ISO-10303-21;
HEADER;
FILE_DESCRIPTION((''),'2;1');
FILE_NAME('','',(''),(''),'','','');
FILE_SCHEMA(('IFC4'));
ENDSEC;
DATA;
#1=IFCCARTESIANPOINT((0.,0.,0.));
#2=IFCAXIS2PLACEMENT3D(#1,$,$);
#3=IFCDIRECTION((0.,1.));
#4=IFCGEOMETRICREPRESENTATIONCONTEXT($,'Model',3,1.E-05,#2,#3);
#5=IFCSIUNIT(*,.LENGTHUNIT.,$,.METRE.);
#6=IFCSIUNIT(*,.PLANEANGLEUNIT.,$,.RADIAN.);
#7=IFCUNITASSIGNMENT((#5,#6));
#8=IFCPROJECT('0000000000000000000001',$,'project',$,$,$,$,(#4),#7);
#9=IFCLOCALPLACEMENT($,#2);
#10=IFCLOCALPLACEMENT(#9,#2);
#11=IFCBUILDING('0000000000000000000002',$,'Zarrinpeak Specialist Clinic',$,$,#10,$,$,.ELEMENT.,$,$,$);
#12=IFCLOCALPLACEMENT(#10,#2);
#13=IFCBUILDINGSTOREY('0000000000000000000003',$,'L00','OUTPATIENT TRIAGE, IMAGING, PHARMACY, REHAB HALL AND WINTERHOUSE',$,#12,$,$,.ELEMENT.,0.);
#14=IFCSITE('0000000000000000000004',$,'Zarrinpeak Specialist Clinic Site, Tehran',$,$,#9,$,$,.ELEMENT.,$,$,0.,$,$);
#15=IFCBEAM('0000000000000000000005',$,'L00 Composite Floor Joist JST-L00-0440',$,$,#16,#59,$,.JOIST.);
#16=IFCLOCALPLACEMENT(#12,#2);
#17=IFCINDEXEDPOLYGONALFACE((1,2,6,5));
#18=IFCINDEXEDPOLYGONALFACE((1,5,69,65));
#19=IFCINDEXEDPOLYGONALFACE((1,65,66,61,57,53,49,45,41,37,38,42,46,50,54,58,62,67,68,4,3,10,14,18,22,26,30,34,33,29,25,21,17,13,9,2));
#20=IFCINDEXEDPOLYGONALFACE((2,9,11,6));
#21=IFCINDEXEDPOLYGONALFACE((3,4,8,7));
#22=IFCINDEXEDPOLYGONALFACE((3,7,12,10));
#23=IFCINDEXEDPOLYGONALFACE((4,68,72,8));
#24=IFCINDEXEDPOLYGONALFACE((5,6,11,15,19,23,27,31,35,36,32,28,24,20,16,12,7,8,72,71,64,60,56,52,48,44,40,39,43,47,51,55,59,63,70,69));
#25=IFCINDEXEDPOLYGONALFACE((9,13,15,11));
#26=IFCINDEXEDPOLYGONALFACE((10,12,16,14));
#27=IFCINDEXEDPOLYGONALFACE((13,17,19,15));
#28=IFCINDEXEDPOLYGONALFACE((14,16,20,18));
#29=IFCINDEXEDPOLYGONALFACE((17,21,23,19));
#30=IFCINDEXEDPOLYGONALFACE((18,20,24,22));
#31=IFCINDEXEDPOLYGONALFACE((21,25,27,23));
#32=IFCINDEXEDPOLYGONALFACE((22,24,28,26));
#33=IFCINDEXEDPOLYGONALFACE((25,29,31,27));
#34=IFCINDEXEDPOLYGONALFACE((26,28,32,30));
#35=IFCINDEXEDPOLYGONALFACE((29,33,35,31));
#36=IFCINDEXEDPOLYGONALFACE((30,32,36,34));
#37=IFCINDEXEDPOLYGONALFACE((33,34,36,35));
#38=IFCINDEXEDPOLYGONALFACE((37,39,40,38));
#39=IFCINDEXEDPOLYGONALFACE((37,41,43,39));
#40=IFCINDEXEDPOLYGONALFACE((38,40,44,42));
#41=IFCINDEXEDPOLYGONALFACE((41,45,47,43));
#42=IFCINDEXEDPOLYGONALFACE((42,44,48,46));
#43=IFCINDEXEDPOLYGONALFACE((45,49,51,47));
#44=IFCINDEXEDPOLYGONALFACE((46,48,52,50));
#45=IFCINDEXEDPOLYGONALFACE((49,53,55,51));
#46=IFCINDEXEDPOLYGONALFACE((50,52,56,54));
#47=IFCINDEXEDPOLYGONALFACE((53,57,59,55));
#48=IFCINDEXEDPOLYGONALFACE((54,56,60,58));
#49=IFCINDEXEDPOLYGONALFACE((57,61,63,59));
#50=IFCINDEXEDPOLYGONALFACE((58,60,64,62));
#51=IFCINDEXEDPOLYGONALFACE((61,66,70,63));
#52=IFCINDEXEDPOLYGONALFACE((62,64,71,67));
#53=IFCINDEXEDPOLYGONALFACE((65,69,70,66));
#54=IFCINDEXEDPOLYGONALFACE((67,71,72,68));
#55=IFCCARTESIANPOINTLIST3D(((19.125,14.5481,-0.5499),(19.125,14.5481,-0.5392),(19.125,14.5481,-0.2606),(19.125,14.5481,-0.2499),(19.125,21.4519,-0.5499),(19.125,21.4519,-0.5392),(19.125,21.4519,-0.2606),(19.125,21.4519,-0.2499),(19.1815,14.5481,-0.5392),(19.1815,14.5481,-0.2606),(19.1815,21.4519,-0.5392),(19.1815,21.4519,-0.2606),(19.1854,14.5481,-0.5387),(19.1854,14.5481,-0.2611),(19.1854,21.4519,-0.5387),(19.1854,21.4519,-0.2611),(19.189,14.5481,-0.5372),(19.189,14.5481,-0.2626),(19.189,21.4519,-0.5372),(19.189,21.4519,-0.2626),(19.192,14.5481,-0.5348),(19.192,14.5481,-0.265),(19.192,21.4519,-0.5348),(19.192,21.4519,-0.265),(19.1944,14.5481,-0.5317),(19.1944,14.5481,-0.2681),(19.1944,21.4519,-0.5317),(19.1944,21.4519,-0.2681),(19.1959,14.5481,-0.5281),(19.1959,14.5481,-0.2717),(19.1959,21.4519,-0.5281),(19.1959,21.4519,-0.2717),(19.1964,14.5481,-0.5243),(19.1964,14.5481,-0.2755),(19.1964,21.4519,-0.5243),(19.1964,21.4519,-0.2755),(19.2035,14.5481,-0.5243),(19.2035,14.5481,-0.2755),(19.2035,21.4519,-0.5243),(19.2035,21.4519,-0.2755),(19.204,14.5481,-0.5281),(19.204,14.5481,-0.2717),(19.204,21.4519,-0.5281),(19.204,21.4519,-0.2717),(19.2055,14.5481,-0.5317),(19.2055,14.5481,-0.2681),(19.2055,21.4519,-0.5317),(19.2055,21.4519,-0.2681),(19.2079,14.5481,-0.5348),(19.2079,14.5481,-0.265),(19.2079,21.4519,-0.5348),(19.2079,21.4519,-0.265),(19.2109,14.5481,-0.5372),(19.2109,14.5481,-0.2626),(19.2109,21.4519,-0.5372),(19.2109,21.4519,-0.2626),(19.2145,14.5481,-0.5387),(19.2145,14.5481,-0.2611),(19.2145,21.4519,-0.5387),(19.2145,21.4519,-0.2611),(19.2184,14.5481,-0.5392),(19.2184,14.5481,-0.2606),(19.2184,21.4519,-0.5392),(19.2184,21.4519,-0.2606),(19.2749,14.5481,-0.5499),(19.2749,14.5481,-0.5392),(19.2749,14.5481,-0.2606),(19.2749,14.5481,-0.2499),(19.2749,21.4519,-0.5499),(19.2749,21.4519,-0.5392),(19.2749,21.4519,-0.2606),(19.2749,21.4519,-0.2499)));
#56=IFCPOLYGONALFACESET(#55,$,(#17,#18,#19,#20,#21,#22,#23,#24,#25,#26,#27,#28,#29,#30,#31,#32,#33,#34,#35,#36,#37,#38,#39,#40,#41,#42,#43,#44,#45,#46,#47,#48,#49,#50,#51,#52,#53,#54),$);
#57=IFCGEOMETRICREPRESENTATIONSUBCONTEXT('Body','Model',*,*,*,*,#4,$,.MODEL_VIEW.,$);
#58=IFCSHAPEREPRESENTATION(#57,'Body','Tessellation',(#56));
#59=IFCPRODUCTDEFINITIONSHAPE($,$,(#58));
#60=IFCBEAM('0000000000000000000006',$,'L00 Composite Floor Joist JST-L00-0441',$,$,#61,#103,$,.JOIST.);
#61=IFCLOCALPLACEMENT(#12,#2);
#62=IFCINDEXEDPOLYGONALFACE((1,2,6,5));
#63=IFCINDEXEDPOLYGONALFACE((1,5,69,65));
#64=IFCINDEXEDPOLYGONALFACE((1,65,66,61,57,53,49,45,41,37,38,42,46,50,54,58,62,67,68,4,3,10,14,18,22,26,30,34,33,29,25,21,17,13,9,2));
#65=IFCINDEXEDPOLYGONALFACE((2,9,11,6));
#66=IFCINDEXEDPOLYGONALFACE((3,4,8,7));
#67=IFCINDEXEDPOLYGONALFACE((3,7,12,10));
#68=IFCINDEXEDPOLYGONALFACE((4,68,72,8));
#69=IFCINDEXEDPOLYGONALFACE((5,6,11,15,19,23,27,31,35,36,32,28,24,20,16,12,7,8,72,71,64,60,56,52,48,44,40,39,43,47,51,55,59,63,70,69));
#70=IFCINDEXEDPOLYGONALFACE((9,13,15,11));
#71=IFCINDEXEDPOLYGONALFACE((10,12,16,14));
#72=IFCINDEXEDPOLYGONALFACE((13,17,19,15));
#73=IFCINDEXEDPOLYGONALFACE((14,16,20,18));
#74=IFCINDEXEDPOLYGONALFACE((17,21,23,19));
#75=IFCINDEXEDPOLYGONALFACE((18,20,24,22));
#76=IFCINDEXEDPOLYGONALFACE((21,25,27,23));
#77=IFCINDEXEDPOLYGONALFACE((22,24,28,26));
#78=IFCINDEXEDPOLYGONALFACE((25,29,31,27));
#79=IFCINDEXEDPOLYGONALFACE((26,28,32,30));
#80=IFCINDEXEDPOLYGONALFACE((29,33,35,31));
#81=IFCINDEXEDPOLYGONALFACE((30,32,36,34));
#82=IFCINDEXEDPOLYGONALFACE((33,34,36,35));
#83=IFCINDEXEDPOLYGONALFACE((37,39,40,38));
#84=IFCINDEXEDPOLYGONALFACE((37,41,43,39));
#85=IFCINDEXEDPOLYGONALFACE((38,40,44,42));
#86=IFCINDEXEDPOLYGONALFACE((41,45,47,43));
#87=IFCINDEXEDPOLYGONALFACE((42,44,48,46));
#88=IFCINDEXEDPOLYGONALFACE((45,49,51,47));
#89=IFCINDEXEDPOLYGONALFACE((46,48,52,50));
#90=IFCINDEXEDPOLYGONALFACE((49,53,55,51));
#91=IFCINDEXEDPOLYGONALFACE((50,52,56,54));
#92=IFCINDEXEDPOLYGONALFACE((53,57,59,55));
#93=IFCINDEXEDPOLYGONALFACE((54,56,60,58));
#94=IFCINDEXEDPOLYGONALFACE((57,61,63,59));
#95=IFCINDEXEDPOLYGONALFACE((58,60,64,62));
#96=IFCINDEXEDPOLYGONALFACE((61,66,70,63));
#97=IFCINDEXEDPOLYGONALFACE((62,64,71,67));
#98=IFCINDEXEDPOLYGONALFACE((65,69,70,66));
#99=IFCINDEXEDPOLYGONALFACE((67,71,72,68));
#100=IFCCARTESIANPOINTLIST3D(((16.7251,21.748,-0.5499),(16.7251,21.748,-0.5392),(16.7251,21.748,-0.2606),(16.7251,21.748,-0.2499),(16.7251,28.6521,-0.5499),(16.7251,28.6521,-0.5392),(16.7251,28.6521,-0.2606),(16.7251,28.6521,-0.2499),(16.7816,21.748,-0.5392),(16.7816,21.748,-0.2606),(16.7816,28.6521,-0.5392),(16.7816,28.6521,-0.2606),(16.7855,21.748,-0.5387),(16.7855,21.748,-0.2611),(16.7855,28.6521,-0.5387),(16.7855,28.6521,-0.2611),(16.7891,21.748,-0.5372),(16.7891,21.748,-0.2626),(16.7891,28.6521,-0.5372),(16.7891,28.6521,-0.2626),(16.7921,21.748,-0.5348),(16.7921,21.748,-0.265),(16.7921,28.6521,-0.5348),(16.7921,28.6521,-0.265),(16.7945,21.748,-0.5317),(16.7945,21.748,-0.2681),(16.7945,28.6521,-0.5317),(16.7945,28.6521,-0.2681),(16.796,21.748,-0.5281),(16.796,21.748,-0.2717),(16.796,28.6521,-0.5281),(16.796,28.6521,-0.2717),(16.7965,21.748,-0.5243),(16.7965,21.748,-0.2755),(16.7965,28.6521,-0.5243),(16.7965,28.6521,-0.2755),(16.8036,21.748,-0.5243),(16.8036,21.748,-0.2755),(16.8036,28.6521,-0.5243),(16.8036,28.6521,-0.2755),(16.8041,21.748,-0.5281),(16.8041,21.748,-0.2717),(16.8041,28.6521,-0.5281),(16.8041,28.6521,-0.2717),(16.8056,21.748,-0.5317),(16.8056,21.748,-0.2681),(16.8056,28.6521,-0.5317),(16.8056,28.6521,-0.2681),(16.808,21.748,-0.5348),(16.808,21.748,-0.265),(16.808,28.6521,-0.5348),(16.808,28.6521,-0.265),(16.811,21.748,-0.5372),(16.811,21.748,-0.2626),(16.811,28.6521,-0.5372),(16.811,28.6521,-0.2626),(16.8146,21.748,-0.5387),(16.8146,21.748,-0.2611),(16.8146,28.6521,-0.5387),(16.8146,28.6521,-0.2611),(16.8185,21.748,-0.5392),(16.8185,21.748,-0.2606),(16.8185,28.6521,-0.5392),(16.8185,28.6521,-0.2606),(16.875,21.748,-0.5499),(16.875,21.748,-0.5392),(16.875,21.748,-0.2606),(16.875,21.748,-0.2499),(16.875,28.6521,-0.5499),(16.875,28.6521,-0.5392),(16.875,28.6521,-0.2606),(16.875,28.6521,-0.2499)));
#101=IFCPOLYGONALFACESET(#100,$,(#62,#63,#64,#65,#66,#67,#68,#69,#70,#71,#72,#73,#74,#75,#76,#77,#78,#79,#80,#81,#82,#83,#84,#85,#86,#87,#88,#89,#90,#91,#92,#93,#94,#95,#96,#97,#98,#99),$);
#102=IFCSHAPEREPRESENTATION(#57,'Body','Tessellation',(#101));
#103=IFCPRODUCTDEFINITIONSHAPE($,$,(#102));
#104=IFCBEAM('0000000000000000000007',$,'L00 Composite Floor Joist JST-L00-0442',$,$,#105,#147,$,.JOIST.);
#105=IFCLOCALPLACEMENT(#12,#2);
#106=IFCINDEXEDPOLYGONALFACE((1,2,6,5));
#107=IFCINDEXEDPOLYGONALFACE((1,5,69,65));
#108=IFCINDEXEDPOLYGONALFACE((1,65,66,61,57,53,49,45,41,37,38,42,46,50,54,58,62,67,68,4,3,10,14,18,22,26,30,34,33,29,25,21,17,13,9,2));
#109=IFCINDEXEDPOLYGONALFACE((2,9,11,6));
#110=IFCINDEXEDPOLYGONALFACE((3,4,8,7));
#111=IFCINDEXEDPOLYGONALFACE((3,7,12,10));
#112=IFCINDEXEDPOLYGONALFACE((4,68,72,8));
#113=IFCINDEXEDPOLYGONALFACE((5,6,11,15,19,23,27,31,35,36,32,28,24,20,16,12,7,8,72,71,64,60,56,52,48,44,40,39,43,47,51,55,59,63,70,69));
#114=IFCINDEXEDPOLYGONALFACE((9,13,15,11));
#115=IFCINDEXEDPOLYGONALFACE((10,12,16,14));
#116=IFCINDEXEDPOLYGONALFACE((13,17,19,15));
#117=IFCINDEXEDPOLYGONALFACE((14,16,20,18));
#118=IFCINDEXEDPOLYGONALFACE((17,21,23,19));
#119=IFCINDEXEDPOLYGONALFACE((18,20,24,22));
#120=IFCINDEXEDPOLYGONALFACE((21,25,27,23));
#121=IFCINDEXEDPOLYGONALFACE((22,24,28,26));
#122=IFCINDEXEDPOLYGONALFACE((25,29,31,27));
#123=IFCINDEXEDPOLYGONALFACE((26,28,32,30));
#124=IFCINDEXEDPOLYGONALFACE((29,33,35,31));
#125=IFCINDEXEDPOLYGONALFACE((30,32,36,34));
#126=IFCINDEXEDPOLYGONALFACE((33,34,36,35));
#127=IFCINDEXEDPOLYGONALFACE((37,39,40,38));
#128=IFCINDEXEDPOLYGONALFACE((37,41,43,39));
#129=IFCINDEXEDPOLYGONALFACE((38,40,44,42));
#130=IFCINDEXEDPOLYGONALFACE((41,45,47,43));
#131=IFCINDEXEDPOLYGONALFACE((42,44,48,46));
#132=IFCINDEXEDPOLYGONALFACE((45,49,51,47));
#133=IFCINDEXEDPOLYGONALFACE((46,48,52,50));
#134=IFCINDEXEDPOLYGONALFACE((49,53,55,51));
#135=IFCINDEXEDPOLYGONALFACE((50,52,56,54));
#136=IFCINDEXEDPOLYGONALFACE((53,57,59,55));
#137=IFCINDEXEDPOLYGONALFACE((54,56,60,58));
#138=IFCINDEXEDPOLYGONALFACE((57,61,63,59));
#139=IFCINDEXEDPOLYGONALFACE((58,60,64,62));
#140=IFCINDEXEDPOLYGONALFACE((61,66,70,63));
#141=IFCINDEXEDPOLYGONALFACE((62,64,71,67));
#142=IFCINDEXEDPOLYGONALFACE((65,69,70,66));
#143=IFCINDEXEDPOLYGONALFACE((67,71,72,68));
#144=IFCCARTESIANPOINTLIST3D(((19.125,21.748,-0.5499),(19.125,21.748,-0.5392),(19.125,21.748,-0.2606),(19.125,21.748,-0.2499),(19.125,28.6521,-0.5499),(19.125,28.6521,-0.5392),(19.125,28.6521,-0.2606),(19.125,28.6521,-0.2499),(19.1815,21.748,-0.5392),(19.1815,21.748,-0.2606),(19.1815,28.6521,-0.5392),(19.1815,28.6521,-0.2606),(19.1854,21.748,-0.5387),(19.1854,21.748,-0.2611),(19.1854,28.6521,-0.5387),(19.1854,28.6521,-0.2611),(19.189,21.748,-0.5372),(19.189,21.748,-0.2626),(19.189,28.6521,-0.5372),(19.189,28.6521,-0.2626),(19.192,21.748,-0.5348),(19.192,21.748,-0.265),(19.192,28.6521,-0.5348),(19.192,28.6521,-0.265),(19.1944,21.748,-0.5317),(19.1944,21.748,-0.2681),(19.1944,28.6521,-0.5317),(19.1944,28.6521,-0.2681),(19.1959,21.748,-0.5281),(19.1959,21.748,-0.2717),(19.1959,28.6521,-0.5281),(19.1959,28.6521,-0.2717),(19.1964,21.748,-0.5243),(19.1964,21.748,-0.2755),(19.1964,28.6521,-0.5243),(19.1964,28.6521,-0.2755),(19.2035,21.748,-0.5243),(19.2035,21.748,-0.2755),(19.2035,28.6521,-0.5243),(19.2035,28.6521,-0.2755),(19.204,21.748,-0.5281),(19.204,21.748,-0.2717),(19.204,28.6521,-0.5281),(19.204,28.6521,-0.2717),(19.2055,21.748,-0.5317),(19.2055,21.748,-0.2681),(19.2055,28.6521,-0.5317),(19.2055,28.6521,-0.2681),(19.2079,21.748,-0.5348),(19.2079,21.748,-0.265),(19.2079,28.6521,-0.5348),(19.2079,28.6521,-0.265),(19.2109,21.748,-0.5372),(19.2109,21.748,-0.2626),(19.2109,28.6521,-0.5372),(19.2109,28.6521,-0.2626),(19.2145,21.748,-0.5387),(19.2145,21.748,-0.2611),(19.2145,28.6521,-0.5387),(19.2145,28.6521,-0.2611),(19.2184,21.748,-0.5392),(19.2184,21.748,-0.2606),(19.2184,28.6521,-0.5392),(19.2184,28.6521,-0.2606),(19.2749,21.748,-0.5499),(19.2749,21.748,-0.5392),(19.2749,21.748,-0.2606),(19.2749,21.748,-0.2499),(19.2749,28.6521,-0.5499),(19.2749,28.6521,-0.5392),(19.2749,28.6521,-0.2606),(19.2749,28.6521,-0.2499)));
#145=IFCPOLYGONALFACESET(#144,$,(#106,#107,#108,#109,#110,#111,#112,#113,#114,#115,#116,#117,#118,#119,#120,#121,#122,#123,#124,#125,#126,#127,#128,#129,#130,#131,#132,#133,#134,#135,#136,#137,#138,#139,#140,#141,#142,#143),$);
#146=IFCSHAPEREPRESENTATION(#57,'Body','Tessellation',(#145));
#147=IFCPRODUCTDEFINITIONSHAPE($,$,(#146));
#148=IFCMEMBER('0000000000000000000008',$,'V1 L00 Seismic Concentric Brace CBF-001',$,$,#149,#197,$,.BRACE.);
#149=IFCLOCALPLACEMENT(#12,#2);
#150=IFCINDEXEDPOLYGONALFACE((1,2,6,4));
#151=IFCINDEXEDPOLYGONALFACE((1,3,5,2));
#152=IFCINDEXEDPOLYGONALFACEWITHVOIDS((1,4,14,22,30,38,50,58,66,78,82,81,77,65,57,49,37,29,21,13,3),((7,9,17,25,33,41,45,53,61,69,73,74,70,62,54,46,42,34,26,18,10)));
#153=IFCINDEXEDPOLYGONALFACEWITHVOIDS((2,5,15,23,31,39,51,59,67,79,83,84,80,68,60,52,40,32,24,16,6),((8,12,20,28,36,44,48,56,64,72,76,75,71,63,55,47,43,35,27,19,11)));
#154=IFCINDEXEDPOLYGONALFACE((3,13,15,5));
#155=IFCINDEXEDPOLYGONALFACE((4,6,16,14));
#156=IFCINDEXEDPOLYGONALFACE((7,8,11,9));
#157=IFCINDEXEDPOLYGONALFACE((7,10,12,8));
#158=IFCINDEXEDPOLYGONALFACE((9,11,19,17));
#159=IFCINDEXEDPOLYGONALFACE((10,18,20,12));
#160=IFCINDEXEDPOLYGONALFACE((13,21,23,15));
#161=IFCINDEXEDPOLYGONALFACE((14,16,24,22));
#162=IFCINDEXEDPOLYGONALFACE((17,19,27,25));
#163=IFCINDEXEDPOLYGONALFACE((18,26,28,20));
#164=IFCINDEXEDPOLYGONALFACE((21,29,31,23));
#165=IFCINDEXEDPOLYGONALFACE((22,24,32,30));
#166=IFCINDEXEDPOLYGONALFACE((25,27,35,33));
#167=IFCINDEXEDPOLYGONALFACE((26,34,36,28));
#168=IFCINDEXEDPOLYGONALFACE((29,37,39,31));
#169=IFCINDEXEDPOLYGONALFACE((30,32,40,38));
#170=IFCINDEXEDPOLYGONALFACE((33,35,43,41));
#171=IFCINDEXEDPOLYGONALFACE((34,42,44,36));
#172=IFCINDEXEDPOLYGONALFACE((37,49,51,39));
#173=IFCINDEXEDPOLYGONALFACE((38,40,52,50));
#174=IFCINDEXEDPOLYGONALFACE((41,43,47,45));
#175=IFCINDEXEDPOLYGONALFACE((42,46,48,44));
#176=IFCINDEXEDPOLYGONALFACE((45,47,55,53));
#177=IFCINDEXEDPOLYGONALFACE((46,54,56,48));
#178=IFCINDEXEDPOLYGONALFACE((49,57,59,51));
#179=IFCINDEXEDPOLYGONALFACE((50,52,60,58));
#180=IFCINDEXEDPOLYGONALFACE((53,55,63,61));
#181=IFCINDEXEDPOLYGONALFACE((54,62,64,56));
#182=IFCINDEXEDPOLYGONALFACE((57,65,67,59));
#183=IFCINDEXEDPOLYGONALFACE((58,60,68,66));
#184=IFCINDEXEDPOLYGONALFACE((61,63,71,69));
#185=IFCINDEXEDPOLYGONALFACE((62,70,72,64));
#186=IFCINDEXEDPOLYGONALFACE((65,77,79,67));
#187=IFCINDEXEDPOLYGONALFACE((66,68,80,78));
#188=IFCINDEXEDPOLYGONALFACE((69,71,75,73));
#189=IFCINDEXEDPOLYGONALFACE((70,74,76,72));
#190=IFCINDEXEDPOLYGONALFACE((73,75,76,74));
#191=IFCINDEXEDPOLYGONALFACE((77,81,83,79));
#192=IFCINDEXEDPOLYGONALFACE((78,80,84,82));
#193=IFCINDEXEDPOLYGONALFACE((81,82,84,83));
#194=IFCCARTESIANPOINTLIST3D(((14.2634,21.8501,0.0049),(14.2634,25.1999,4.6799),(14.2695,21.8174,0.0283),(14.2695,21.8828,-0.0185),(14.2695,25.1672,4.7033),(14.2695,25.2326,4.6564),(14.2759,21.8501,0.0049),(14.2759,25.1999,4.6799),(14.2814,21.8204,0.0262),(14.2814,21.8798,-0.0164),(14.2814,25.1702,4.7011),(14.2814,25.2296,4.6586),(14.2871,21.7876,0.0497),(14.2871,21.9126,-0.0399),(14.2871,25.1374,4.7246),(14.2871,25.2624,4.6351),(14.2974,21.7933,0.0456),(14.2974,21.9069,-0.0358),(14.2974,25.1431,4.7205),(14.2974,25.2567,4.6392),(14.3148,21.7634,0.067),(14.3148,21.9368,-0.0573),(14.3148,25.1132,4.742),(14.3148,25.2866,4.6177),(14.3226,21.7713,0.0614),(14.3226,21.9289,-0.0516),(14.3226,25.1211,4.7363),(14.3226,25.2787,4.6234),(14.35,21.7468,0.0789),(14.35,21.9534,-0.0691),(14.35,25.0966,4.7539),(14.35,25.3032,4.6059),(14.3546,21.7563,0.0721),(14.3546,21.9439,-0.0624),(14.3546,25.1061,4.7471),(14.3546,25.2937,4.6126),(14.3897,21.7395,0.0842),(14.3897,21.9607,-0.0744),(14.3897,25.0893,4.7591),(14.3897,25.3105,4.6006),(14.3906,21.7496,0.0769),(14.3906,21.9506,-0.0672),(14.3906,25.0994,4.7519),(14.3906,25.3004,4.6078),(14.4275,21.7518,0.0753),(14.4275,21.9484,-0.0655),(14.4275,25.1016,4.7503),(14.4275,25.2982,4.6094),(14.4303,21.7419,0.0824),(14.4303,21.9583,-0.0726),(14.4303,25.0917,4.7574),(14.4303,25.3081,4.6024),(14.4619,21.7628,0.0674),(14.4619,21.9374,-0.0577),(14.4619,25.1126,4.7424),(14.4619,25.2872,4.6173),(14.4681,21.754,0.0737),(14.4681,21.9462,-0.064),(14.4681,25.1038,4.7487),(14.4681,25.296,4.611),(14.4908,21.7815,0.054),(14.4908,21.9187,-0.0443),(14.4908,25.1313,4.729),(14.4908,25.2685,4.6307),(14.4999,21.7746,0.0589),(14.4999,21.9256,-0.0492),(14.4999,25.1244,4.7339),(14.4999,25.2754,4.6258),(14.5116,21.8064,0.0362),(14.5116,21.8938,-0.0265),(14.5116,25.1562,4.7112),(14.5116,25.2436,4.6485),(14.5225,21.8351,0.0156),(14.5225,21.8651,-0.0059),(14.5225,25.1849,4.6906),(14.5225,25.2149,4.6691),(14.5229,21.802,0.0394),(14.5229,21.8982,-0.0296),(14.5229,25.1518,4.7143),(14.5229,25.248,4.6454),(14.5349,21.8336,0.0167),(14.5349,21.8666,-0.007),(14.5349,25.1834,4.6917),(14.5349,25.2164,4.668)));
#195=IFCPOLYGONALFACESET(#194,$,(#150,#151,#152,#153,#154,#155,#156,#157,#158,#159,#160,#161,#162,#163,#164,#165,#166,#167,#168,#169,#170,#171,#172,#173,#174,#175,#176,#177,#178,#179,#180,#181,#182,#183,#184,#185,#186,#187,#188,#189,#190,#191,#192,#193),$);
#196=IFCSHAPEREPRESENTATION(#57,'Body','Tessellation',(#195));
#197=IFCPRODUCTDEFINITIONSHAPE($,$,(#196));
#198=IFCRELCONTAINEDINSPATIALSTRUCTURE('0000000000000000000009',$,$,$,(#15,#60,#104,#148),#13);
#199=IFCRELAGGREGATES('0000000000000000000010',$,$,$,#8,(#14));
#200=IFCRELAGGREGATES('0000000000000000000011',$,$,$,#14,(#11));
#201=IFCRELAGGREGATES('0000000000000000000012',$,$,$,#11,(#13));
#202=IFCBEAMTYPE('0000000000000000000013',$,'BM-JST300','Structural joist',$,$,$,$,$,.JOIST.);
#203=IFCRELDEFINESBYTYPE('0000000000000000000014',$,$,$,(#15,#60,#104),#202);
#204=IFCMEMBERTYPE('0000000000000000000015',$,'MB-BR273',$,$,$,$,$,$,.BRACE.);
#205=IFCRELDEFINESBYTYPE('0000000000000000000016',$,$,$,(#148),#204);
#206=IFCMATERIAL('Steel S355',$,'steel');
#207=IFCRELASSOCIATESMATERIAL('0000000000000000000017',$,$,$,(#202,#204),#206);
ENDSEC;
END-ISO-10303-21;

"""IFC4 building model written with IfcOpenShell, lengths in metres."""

from ifc_helpers import new_model, si_unit, direction, frame, origin, origin_2d, place, context, subcontext, project, spatial, hollow_circle, i_section, extrude, material, material_profile, profile_set, type_object, element, save


model = new_model("IFC4")

# Units and contexts
model_context = context("Model", 3, precision=1e-05, world=origin(), true_north=direction((0.0, 1.0)))
body_context = subcontext(model_context, "Body", "Model", "MODEL_VIEW")
ifc_project = project(units=[si_unit("LENGTHUNIT", "METRE"), si_unit("PLANEANGLEUNIT", "RADIAN")], contexts=[model_context])

# Site, building, storey
site_placement = place(None, origin())
site = spatial("IfcSite", under=ifc_project, at=site_placement, Name="Zarrinpeak Specialist Clinic Site, Tehran", CompositionType="ELEMENT", RefElevation=0.0)
building_placement = place(site_placement, origin())
building = spatial("IfcBuilding", under=site, at=building_placement, Name="Zarrinpeak Specialist Clinic", CompositionType="ELEMENT")
storey_placement = place(building_placement, origin())
storey = spatial("IfcBuildingStorey", under=building, at=storey_placement, Name="L00", Description="OUTPATIENT TRIAGE, IMAGING, PHARMACY, REHAB HALL AND WINTERHOUSE", CompositionType="ELEMENT", Elevation=0.0)

# Shared definitions
ifc_material_1 = material(Name="Steel S355", Category="steel")

# Beams
ifc_material_profile_1 = material_profile(ifc_material_1, i_section(OverallWidth=0.1499, OverallDepth=0.3, WebThickness=0.0071, FlangeThickness=0.0107, FilletRadius=0.0149, at=origin_2d()), Name="IPE 300")
ifc_profile_set_1 = profile_set([ifc_material_profile_1], Name="Steel S355")
beam_type_1 = type_object("IfcBeamType", Name="BM-JST300", Description="Structural joist", PredefinedType="JOIST", material=ifc_profile_set_1)
for number, where, z_axis, x_axis, name in (
    (1, (19.2, 14.5481, -0.3999), (0.0, 1.0, 0.0), (-1.0, 0.0, 0.0), "L00 Composite Floor Joist JST-L00-0440"),
):
    element("IfcBeam", number, at=place(storey_placement, frame(where, z_axis=z_axis, x_axis=x_axis)), inside=storey, type_object=beam_type_1, Name=name, PredefinedType="JOIST", context=body_context, shape_type="SweptSolid", body=[
        extrude(i_section(OverallWidth=0.1499, OverallDepth=0.3, WebThickness=0.0071, FlangeThickness=0.0107, FilletRadius=0.0149, at=origin_2d()), origin(), (0.0, 0.0, 1.0), 6.9038),
    ])
for number, where, z_axis, x_axis, name in (
    (2, (16.8, 21.748, -0.3999), (0.0, 1.0, 0.0), (-1.0, 0.0, 0.0), "L00 Composite Floor Joist JST-L00-0441"),
    (3, (19.2, 21.748, -0.3999), (0.0, 1.0, 0.0), (-1.0, 0.0, 0.0), "L00 Composite Floor Joist JST-L00-0442"),
):
    element("IfcBeam", number, at=place(storey_placement, frame(where, z_axis=z_axis, x_axis=x_axis)), inside=storey, type_object=beam_type_1, Name=name, PredefinedType="JOIST", context=body_context, shape_type="SweptSolid", body=[
        extrude(i_section(OverallWidth=0.1499, OverallDepth=0.3, WebThickness=0.0071, FlangeThickness=0.0107, FilletRadius=0.0149, at=origin_2d()), origin(), (0.0, 0.0, 1.0), 6.9041),
    ])

# Member
ifc_material_profile_2 = material_profile(ifc_material_1, hollow_circle(Radius=0.1365, WallThickness=0.0125, at=origin_2d()), Name="CHS 273.0x12.5")
ifc_profile_set_2 = profile_set([ifc_material_profile_2], Name="Steel S355")
member_type = type_object("IfcMemberType", Name="MB-BR273", PredefinedType="BRACE", material=ifc_profile_set_2)
member_1_placement = place(storey_placement, frame((14.3999, 21.8501, 0.0049), z_axis=(0.0, 0.58245, 0.812866), x_axis=(-1.0, 0.0, 0.0)))
element("IfcMember", 4, at=member_1_placement, inside=storey, type_object=member_type, Name="V1 L00 Seismic Concentric Brace CBF-001", PredefinedType="BRACE", context=body_context, shape_type="SweptSolid", body=[
    extrude(hollow_circle(Radius=0.1365, WallThickness=0.0125, at=origin_2d()), origin(), (0.0, 0.0, 1.0), 5.7512),
])

save(model, "model.ifc")
